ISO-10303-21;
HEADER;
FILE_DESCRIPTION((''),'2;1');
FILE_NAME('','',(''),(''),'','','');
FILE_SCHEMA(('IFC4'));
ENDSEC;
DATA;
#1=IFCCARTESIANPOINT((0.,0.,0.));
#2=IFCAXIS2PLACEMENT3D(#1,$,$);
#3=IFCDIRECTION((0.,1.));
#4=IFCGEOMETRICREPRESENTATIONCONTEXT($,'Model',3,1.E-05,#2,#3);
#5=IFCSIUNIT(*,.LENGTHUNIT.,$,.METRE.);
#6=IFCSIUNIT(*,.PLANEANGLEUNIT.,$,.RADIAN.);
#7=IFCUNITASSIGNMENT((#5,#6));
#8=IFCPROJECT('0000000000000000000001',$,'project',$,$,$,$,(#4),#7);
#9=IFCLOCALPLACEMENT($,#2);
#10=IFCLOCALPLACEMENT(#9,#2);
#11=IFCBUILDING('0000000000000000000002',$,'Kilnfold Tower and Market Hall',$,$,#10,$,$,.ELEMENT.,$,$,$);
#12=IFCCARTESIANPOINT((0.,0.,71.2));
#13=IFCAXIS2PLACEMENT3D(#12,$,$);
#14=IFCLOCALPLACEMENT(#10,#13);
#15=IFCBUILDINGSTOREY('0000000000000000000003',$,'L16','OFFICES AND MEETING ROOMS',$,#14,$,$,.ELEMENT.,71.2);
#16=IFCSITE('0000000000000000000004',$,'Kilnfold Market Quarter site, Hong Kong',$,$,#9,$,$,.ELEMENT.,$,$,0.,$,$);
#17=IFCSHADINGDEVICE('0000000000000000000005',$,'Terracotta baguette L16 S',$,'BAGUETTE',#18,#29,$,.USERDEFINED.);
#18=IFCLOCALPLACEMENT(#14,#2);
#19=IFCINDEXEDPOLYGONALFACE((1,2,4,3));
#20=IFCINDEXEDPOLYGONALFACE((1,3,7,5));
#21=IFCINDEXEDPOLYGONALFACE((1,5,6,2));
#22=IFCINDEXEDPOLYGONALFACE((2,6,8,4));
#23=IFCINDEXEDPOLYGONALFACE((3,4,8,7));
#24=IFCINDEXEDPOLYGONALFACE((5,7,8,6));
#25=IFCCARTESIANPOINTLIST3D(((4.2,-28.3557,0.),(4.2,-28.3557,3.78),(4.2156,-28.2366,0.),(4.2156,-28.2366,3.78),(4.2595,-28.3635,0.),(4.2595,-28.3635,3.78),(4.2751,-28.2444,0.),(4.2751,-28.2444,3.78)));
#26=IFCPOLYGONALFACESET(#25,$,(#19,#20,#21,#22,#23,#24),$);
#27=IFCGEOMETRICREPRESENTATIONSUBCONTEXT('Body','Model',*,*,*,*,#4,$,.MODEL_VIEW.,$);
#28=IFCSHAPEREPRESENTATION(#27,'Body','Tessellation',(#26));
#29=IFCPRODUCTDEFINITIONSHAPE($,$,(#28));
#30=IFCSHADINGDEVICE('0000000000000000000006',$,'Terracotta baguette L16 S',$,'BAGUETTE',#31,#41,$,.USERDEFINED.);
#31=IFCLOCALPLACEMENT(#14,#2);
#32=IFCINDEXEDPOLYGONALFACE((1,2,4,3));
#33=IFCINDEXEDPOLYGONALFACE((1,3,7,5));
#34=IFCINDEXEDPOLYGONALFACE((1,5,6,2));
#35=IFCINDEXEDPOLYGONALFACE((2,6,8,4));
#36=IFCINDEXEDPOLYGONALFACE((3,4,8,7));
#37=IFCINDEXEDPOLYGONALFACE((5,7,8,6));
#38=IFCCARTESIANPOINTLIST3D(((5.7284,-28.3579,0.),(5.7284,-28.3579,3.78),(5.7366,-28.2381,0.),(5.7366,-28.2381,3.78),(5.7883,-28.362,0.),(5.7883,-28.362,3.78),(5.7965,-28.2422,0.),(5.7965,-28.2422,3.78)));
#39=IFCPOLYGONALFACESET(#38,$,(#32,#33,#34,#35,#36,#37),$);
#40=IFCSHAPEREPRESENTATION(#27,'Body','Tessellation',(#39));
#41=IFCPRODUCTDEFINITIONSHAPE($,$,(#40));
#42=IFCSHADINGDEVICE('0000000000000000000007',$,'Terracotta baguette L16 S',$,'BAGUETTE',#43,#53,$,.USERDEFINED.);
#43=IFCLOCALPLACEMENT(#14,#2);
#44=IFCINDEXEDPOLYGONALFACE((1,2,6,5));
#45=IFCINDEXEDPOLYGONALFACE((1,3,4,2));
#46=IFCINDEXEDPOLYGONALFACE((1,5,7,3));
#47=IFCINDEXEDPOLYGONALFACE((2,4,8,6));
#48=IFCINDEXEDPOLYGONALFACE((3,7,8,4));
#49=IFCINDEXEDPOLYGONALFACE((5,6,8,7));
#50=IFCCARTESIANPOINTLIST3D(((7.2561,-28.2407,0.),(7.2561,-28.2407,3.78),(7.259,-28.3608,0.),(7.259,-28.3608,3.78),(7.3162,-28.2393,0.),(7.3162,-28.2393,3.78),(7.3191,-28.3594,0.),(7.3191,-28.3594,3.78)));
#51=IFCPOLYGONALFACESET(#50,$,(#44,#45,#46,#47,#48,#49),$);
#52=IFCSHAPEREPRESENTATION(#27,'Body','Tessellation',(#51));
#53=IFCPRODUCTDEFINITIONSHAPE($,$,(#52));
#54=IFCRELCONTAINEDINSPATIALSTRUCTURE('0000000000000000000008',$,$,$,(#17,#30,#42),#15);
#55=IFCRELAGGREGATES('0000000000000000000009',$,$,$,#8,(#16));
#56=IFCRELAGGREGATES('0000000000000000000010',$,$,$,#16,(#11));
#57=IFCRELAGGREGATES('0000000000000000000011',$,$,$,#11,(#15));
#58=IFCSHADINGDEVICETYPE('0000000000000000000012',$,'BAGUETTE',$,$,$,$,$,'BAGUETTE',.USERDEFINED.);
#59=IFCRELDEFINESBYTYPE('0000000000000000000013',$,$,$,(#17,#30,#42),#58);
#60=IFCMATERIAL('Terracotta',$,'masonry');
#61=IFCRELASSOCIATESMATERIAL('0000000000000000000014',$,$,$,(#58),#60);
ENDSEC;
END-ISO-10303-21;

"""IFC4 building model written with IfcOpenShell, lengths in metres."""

from ifc_helpers import new_model, si_unit, direction, frame, origin, origin_2d, place, context, subcontext, project, spatial, rectangle, extrude, source, transform, mapped, material, material_profile, profile_set, type_object, element, save


model = new_model("IFC4")

# Units and contexts
model_context = context("Model", 3, precision=1e-05, world=origin(), true_north=direction((0.0, 1.0)))
body_context = subcontext(model_context, "Body", "Model", "MODEL_VIEW")
ifc_project = project(units=[si_unit("LENGTHUNIT", "METRE"), si_unit("PLANEANGLEUNIT", "RADIAN")], contexts=[model_context])

# Site, building, storey
site_placement = place(None, origin())
site = spatial("IfcSite", under=ifc_project, at=site_placement, Name="Kilnfold Market Quarter site, Hong Kong", CompositionType="ELEMENT", RefElevation=0.0)
building_placement = place(site_placement, origin())
building = spatial("IfcBuilding", under=site, at=building_placement, Name="Kilnfold Tower and Market Hall", CompositionType="ELEMENT")
storey_placement = place(building_placement, frame((0.0, 0.0, 71.2)))
storey = spatial("IfcBuildingStorey", under=building, at=storey_placement, Name="L16", Description="OFFICES AND MEETING ROOMS", CompositionType="ELEMENT", Elevation=71.2)

# Shading devices
ifc_material_1 = material(Name="Terracotta", Category="masonry")
ifc_material_profile_1 = material_profile(ifc_material_1, rectangle(XDim=0.0601, YDim=0.1201, at=origin_2d()), Name="BAG 60x120")
ifc_profile_set_1 = profile_set([ifc_material_profile_1], Name="Terracotta")
shading_device_type = type_object("IfcShadingDeviceType", Name="BAGUETTE", ElementType="BAGUETTE", PredefinedType="USERDEFINED", material=ifc_profile_set_1)
shared_shape_1 = source(origin(), body_context, "Body", "SweptSolid", [
    extrude(rectangle(XDim=0.0601, YDim=0.1201, at=origin_2d()), origin(), (0.0, 0.0, 1.0), 3.78),
])
for number, where, z_axis, x_axis, name in (
    (1, (4.2375, -28.3, 0.0), (0.0, 0.0, 1.0), (0.991566, -0.129606, 0.0), "Terracotta baguette L16 S"),
    (2, (5.7625, -28.3, 0.0), (0.0, 0.0, 1.0), (0.997659, -0.06839, 0.0), "Terracotta baguette L16 S"),
    (3, (7.2876, -28.3, 0.0), (0.0, 0.0, 1.0), (0.999714, 0.02391, 0.0), "Terracotta baguette L16 S"),
):
    element("IfcShadingDevice", number, at=place(storey_placement, frame(where, z_axis=z_axis, x_axis=x_axis)), inside=storey, type_object=shading_device_type, Name=name, ObjectType="BAGUETTE", PredefinedType="USERDEFINED", context=body_context, shape_type="MappedRepresentation", body=[
        mapped(shared_shape_1, transform((0.0, 0.0, 0.0))),
    ])

save(model, "model.ifc")
